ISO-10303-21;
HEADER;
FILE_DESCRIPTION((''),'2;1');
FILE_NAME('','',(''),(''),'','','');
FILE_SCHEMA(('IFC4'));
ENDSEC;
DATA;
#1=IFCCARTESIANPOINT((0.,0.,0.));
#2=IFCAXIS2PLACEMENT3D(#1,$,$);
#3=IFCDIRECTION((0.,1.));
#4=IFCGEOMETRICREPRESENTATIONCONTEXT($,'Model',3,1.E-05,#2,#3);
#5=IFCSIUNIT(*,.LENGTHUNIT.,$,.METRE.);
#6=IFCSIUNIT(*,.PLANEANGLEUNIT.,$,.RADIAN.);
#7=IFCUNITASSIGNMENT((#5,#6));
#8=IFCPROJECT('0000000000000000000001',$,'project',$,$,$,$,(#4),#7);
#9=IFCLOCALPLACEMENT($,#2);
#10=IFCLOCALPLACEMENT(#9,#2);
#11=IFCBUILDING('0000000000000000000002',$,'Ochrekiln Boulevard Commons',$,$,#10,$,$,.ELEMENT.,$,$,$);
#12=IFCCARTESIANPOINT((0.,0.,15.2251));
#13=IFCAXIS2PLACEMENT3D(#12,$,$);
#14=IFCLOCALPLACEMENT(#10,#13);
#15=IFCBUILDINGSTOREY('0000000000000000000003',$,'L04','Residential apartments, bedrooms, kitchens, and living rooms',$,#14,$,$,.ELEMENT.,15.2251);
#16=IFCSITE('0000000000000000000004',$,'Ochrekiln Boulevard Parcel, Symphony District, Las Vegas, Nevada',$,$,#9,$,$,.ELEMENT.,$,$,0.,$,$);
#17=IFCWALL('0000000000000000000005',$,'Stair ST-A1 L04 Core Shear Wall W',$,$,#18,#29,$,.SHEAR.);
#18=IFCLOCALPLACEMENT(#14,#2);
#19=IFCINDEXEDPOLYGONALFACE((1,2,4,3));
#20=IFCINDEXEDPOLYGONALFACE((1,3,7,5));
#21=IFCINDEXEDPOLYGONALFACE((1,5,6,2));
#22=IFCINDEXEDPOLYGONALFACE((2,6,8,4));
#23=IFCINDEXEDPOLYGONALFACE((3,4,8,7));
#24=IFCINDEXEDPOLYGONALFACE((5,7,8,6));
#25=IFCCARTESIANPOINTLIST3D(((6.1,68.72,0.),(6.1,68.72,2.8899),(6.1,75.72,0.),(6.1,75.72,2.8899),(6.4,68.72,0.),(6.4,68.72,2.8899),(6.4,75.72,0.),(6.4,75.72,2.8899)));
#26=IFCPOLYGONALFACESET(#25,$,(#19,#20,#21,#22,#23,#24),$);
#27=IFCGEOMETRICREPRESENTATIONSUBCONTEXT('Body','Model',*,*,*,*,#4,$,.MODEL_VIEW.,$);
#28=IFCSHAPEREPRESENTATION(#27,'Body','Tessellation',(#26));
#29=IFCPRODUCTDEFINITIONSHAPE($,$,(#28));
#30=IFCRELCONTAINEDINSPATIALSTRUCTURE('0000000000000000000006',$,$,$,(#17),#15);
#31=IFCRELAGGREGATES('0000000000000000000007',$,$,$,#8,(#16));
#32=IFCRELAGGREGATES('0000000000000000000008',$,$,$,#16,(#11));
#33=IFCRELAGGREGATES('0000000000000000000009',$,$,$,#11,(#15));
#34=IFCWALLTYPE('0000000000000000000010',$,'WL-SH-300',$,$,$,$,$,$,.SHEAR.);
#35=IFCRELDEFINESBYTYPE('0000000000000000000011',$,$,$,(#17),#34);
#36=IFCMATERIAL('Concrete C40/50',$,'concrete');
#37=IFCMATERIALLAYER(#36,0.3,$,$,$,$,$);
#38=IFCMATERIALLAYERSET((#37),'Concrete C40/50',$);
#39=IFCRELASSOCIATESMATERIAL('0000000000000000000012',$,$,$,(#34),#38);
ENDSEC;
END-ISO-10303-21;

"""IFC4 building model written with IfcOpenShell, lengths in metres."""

from ifc_helpers import new_model, si_unit, direction, frame, frame_2d, origin, place, context, subcontext, project, spatial, rectangle, extrude, material, layer, layer_set, type_object, element, save


model = new_model("IFC4")

# Units and contexts
model_context = context("Model", 3, precision=1e-05, world=origin(), true_north=direction((0.0, 1.0)))
body_context = subcontext(model_context, "Body", "Model", "MODEL_VIEW")
ifc_project = project(units=[si_unit("LENGTHUNIT", "METRE"), si_unit("PLANEANGLEUNIT", "RADIAN")], contexts=[model_context])

# Site, building, storey
site_placement = place(None, origin())
site = spatial("IfcSite", under=ifc_project, at=site_placement, Name="Ochrekiln Boulevard Parcel, Symphony District, Las Vegas, Nevada", CompositionType="ELEMENT", RefElevation=0.0)
building_placement = place(site_placement, origin())
building = spatial("IfcBuilding", under=site, at=building_placement, Name="Ochrekiln Boulevard Commons", CompositionType="ELEMENT")
storey_placement = place(building_placement, frame((0.0, 0.0, 15.2251)))
storey = spatial("IfcBuildingStorey", under=building, at=storey_placement, Name="L04", Description="Residential apartments, bedrooms, kitchens, and living rooms", CompositionType="ELEMENT", Elevation=15.2251)

# Shared definitions
ifc_material_1 = material(Name="Concrete C40/50", Category="concrete")

# Wall
ifc_layer_1 = layer(ifc_material_1, 0.3)
ifc_layer_set_1 = layer_set([ifc_layer_1], Name="Concrete C40/50")
wall_type_1 = type_object("IfcWallType", Name="WL-SH-300", PredefinedType="SHEAR", material=ifc_layer_set_1)
wall_1_placement = place(storey_placement, frame((6.25, 68.72, 0.0), z_axis=(0.0, 0.0, 1.0), x_axis=(0.0, 1.0, 0.0)))
element("IfcWall", 1, at=wall_1_placement, inside=storey, type_object=wall_type_1, Name="Stair ST-A1 L04 Core Shear Wall W", PredefinedType="SHEAR", context=body_context, shape_type="SweptSolid", body=[
    extrude(rectangle(XDim=7.0, YDim=0.3, at=frame_2d((3.5, 0.0))), origin(), (0.0, 0.0, 1.0), 2.8899),
])

save(model, "model.ifc")
